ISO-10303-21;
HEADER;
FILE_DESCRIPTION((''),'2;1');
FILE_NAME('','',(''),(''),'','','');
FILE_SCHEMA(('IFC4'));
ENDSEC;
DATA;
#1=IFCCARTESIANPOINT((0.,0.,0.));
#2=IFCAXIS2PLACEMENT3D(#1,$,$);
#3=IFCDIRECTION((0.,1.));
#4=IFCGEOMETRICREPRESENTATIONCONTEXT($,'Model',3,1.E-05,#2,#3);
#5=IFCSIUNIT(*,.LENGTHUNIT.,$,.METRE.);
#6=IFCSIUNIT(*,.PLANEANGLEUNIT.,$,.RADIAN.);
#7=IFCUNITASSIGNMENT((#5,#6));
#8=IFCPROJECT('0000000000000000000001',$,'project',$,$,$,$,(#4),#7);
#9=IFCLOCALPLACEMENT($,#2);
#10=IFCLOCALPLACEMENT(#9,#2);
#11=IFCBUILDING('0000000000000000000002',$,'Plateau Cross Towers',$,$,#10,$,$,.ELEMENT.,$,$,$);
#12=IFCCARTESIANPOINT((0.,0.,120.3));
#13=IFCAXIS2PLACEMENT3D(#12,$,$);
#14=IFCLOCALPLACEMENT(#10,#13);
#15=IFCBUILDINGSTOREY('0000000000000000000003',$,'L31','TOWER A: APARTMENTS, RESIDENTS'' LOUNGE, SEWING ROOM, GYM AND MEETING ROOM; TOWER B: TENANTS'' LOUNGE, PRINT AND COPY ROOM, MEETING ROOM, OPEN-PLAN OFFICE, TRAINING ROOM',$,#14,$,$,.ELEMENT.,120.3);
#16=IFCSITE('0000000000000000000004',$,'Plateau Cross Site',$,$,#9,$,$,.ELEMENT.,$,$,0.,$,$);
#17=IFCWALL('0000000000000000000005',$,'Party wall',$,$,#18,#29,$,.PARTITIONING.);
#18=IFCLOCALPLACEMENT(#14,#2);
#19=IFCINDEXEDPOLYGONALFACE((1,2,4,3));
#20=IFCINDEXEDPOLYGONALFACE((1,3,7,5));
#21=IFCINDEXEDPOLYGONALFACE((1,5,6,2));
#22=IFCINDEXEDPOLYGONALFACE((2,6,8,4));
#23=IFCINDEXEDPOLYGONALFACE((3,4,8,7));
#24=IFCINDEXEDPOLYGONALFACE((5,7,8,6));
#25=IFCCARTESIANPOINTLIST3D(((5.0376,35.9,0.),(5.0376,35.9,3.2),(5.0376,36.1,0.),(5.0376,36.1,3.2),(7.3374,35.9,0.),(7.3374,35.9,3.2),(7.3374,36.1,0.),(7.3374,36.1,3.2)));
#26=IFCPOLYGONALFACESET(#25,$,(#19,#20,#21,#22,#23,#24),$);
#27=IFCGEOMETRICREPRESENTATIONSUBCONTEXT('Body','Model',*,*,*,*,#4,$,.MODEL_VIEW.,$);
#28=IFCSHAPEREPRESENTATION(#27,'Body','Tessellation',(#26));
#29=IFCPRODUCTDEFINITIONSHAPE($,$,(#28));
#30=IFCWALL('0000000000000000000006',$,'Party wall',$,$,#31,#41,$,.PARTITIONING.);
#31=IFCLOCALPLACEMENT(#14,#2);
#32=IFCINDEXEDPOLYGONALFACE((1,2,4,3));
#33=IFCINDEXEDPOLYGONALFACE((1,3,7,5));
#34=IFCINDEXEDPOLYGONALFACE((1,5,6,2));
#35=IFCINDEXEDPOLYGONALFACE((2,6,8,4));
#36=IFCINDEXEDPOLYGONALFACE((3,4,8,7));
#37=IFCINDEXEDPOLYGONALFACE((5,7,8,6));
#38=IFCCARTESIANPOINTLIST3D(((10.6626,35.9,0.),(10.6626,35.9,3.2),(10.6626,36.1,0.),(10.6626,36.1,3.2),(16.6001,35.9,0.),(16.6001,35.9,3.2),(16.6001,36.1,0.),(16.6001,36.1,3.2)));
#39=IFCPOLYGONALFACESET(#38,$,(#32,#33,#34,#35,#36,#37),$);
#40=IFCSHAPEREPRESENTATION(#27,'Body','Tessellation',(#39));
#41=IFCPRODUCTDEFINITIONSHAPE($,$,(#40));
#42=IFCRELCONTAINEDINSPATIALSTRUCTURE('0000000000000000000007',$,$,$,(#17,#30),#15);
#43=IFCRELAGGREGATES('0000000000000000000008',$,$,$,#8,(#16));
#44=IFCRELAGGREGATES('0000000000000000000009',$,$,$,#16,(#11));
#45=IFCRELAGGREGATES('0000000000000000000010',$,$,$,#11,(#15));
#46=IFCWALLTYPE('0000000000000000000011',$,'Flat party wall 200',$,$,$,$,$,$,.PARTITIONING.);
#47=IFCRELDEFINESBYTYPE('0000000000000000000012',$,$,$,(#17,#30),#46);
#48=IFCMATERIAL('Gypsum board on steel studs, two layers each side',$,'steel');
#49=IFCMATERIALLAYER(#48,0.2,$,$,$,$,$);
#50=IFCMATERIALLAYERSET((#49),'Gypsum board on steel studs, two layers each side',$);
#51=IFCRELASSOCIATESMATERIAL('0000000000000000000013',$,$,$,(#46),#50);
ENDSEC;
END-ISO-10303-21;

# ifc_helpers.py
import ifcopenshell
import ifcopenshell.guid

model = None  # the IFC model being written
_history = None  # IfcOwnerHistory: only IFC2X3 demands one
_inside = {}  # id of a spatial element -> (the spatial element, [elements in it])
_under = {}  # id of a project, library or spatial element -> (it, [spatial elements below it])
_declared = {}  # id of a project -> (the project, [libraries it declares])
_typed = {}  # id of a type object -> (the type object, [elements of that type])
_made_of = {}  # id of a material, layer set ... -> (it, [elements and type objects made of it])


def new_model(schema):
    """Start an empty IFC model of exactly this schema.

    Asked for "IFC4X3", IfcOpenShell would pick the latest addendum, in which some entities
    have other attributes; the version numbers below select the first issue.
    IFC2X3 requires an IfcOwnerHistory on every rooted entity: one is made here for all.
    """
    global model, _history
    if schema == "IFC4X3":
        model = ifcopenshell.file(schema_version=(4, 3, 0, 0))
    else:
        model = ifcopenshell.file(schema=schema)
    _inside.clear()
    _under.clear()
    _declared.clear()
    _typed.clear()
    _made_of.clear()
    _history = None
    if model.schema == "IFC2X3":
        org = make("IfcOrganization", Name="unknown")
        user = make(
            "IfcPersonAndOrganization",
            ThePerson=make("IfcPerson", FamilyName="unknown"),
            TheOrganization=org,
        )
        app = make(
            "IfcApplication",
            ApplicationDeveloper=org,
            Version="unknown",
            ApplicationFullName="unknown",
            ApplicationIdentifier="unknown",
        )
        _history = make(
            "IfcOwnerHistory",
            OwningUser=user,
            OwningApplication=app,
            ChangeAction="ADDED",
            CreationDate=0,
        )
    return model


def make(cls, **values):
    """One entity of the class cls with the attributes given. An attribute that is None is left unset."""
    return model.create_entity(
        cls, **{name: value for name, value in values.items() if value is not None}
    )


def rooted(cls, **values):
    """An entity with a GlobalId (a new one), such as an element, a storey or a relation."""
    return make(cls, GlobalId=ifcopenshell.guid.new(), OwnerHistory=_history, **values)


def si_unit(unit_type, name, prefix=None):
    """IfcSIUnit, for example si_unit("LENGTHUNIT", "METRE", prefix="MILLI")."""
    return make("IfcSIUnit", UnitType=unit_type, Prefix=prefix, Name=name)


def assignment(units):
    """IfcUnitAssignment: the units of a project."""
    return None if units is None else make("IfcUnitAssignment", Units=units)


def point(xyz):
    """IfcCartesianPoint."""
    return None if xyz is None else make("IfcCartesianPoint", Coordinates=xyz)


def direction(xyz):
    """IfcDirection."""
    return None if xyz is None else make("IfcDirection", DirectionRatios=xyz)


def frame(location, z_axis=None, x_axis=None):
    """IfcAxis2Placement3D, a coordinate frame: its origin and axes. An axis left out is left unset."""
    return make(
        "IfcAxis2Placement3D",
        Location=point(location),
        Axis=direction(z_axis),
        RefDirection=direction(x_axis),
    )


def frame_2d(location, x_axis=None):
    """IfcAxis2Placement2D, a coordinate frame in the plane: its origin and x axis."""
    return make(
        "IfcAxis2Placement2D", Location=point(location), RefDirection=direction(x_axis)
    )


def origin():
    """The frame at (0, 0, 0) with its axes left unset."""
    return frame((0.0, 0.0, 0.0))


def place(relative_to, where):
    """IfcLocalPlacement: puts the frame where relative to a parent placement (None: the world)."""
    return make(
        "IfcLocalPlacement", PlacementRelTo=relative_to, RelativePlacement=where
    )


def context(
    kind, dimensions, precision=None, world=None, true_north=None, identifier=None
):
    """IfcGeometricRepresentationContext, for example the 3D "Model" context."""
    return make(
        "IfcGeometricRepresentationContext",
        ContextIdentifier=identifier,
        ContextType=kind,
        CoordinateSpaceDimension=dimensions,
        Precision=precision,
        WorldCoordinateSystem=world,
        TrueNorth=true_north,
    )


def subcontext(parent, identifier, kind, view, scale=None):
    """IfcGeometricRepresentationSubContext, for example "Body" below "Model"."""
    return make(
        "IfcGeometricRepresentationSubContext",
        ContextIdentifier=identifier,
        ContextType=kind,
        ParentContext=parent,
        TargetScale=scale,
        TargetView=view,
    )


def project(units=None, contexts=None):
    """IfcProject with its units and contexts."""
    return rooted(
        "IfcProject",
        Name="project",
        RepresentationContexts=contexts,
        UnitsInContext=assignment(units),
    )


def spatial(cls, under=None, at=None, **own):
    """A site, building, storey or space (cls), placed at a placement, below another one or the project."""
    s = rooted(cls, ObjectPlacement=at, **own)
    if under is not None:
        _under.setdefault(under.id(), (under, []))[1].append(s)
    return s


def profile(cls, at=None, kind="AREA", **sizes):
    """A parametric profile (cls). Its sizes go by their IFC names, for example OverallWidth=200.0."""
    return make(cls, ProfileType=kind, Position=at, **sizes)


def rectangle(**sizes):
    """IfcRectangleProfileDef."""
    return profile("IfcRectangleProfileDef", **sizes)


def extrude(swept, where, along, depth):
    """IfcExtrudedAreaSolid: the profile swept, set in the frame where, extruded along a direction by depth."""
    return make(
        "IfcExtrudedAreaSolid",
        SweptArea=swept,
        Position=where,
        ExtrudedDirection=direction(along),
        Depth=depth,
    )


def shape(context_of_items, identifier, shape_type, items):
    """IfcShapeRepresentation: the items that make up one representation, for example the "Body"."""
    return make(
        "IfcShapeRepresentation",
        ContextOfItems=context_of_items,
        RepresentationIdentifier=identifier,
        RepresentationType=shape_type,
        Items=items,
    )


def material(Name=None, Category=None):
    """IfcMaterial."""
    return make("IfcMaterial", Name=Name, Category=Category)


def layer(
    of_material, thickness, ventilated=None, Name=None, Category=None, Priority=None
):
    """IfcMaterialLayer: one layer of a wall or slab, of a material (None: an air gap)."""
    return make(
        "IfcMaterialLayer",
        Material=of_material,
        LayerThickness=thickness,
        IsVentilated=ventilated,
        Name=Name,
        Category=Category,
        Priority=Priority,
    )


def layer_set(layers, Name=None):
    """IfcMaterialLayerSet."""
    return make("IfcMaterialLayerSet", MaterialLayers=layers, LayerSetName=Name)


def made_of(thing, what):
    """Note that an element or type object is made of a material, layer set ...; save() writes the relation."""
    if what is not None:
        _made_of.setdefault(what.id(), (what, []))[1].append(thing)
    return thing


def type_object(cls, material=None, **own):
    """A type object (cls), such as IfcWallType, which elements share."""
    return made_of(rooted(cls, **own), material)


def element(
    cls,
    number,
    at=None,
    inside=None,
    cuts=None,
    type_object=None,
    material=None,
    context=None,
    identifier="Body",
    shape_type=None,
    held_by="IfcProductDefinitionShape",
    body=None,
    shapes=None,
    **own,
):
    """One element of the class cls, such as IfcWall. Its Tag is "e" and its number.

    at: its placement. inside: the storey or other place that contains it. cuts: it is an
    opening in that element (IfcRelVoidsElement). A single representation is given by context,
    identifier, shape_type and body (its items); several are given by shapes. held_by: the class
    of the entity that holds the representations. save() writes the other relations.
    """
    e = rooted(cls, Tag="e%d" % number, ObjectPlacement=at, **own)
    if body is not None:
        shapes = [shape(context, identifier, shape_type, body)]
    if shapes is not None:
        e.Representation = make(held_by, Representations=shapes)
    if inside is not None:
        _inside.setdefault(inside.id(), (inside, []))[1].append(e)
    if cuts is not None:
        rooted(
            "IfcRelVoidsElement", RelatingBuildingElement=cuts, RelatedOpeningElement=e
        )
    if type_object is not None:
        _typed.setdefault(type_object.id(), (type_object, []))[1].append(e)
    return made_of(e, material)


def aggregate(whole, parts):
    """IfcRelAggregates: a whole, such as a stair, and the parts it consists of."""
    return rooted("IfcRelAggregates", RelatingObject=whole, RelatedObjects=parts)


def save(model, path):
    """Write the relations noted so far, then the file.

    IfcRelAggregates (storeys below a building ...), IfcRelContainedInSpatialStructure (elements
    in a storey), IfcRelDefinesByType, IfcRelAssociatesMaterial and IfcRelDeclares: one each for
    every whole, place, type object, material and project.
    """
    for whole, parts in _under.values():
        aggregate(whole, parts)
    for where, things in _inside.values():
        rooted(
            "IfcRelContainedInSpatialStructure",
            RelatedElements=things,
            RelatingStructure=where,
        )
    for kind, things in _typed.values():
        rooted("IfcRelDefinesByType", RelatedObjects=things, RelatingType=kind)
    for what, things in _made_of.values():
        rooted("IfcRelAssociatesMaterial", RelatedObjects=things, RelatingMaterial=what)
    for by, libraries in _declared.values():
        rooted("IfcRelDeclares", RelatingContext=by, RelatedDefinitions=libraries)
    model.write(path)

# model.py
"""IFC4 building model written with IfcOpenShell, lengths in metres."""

from ifc_helpers import new_model, si_unit, direction, frame, frame_2d, origin, place, context, subcontext, project, spatial, rectangle, extrude, material, layer, layer_set, type_object, element, save


model = new_model("IFC4")

# Units and contexts
model_context = context("Model", 3, precision=1e-05, world=origin(), true_north=direction((0.0, 1.0)))
body_context = subcontext(model_context, "Body", "Model", "MODEL_VIEW")
ifc_project = project(units=[si_unit("LENGTHUNIT", "METRE"), si_unit("PLANEANGLEUNIT", "RADIAN")], contexts=[model_context])

# Site, building, storey
site_placement = place(None, origin())
site = spatial("IfcSite", under=ifc_project, at=site_placement, Name="Plateau Cross Site", CompositionType="ELEMENT", RefElevation=0.0)
building_placement = place(site_placement, origin())
building = spatial("IfcBuilding", under=site, at=building_placement, Name="Plateau Cross Towers", CompositionType="ELEMENT")
storey_placement = place(building_placement, frame((0.0, 0.0, 120.3)))
storey = spatial("IfcBuildingStorey", under=building, at=storey_placement, Name="L31", Description="TOWER A: APARTMENTS, RESIDENTS' LOUNGE, SEWING ROOM, GYM AND MEETING ROOM; TOWER B: TENANTS' LOUNGE, PRINT AND COPY ROOM, MEETING ROOM, OPEN-PLAN OFFICE, TRAINING ROOM", CompositionType="ELEMENT", Elevation=120.3)

# Walls
ifc_material_1 = material(Name="Gypsum board on steel studs, two layers each side", Category="steel")
ifc_layer_1 = layer(ifc_material_1, 0.2)
ifc_layer_set_1 = layer_set([ifc_layer_1], Name="Gypsum board on steel studs, two layers each side")
wall_type_1 = type_object("IfcWallType", Name="Flat party wall 200", PredefinedType="PARTITIONING", material=ifc_layer_set_1)
wall_1_placement = place(storey_placement, frame((7.3374, 36.0, 0.0), z_axis=(0.0, 0.0, 1.0), x_axis=(-1.0, 0.0, 0.0)))
element("IfcWall", 1, at=wall_1_placement, inside=storey, type_object=wall_type_1, Name="Party wall", PredefinedType="PARTITIONING", context=body_context, shape_type="SweptSolid", body=[
    extrude(rectangle(XDim=2.2998, YDim=0.2, at=frame_2d((1.1499, 0.0))), origin(), (0.0, 0.0, 1.0), 3.2),
])
wall_2_placement = place(storey_placement, frame((16.6001, 36.0, 0.0), z_axis=(0.0, 0.0, 1.0), x_axis=(-1.0, 0.0, 0.0)))
element("IfcWall", 2, at=wall_2_placement, inside=storey, type_object=wall_type_1, Name="Party wall", PredefinedType="PARTITIONING", context=body_context, shape_type="SweptSolid", body=[
    extrude(rectangle(XDim=5.9375, YDim=0.2, at=frame_2d((2.9688, 0.0))), origin(), (0.0, 0.0, 1.0), 3.2),
])

save(model, "model.ifc")
